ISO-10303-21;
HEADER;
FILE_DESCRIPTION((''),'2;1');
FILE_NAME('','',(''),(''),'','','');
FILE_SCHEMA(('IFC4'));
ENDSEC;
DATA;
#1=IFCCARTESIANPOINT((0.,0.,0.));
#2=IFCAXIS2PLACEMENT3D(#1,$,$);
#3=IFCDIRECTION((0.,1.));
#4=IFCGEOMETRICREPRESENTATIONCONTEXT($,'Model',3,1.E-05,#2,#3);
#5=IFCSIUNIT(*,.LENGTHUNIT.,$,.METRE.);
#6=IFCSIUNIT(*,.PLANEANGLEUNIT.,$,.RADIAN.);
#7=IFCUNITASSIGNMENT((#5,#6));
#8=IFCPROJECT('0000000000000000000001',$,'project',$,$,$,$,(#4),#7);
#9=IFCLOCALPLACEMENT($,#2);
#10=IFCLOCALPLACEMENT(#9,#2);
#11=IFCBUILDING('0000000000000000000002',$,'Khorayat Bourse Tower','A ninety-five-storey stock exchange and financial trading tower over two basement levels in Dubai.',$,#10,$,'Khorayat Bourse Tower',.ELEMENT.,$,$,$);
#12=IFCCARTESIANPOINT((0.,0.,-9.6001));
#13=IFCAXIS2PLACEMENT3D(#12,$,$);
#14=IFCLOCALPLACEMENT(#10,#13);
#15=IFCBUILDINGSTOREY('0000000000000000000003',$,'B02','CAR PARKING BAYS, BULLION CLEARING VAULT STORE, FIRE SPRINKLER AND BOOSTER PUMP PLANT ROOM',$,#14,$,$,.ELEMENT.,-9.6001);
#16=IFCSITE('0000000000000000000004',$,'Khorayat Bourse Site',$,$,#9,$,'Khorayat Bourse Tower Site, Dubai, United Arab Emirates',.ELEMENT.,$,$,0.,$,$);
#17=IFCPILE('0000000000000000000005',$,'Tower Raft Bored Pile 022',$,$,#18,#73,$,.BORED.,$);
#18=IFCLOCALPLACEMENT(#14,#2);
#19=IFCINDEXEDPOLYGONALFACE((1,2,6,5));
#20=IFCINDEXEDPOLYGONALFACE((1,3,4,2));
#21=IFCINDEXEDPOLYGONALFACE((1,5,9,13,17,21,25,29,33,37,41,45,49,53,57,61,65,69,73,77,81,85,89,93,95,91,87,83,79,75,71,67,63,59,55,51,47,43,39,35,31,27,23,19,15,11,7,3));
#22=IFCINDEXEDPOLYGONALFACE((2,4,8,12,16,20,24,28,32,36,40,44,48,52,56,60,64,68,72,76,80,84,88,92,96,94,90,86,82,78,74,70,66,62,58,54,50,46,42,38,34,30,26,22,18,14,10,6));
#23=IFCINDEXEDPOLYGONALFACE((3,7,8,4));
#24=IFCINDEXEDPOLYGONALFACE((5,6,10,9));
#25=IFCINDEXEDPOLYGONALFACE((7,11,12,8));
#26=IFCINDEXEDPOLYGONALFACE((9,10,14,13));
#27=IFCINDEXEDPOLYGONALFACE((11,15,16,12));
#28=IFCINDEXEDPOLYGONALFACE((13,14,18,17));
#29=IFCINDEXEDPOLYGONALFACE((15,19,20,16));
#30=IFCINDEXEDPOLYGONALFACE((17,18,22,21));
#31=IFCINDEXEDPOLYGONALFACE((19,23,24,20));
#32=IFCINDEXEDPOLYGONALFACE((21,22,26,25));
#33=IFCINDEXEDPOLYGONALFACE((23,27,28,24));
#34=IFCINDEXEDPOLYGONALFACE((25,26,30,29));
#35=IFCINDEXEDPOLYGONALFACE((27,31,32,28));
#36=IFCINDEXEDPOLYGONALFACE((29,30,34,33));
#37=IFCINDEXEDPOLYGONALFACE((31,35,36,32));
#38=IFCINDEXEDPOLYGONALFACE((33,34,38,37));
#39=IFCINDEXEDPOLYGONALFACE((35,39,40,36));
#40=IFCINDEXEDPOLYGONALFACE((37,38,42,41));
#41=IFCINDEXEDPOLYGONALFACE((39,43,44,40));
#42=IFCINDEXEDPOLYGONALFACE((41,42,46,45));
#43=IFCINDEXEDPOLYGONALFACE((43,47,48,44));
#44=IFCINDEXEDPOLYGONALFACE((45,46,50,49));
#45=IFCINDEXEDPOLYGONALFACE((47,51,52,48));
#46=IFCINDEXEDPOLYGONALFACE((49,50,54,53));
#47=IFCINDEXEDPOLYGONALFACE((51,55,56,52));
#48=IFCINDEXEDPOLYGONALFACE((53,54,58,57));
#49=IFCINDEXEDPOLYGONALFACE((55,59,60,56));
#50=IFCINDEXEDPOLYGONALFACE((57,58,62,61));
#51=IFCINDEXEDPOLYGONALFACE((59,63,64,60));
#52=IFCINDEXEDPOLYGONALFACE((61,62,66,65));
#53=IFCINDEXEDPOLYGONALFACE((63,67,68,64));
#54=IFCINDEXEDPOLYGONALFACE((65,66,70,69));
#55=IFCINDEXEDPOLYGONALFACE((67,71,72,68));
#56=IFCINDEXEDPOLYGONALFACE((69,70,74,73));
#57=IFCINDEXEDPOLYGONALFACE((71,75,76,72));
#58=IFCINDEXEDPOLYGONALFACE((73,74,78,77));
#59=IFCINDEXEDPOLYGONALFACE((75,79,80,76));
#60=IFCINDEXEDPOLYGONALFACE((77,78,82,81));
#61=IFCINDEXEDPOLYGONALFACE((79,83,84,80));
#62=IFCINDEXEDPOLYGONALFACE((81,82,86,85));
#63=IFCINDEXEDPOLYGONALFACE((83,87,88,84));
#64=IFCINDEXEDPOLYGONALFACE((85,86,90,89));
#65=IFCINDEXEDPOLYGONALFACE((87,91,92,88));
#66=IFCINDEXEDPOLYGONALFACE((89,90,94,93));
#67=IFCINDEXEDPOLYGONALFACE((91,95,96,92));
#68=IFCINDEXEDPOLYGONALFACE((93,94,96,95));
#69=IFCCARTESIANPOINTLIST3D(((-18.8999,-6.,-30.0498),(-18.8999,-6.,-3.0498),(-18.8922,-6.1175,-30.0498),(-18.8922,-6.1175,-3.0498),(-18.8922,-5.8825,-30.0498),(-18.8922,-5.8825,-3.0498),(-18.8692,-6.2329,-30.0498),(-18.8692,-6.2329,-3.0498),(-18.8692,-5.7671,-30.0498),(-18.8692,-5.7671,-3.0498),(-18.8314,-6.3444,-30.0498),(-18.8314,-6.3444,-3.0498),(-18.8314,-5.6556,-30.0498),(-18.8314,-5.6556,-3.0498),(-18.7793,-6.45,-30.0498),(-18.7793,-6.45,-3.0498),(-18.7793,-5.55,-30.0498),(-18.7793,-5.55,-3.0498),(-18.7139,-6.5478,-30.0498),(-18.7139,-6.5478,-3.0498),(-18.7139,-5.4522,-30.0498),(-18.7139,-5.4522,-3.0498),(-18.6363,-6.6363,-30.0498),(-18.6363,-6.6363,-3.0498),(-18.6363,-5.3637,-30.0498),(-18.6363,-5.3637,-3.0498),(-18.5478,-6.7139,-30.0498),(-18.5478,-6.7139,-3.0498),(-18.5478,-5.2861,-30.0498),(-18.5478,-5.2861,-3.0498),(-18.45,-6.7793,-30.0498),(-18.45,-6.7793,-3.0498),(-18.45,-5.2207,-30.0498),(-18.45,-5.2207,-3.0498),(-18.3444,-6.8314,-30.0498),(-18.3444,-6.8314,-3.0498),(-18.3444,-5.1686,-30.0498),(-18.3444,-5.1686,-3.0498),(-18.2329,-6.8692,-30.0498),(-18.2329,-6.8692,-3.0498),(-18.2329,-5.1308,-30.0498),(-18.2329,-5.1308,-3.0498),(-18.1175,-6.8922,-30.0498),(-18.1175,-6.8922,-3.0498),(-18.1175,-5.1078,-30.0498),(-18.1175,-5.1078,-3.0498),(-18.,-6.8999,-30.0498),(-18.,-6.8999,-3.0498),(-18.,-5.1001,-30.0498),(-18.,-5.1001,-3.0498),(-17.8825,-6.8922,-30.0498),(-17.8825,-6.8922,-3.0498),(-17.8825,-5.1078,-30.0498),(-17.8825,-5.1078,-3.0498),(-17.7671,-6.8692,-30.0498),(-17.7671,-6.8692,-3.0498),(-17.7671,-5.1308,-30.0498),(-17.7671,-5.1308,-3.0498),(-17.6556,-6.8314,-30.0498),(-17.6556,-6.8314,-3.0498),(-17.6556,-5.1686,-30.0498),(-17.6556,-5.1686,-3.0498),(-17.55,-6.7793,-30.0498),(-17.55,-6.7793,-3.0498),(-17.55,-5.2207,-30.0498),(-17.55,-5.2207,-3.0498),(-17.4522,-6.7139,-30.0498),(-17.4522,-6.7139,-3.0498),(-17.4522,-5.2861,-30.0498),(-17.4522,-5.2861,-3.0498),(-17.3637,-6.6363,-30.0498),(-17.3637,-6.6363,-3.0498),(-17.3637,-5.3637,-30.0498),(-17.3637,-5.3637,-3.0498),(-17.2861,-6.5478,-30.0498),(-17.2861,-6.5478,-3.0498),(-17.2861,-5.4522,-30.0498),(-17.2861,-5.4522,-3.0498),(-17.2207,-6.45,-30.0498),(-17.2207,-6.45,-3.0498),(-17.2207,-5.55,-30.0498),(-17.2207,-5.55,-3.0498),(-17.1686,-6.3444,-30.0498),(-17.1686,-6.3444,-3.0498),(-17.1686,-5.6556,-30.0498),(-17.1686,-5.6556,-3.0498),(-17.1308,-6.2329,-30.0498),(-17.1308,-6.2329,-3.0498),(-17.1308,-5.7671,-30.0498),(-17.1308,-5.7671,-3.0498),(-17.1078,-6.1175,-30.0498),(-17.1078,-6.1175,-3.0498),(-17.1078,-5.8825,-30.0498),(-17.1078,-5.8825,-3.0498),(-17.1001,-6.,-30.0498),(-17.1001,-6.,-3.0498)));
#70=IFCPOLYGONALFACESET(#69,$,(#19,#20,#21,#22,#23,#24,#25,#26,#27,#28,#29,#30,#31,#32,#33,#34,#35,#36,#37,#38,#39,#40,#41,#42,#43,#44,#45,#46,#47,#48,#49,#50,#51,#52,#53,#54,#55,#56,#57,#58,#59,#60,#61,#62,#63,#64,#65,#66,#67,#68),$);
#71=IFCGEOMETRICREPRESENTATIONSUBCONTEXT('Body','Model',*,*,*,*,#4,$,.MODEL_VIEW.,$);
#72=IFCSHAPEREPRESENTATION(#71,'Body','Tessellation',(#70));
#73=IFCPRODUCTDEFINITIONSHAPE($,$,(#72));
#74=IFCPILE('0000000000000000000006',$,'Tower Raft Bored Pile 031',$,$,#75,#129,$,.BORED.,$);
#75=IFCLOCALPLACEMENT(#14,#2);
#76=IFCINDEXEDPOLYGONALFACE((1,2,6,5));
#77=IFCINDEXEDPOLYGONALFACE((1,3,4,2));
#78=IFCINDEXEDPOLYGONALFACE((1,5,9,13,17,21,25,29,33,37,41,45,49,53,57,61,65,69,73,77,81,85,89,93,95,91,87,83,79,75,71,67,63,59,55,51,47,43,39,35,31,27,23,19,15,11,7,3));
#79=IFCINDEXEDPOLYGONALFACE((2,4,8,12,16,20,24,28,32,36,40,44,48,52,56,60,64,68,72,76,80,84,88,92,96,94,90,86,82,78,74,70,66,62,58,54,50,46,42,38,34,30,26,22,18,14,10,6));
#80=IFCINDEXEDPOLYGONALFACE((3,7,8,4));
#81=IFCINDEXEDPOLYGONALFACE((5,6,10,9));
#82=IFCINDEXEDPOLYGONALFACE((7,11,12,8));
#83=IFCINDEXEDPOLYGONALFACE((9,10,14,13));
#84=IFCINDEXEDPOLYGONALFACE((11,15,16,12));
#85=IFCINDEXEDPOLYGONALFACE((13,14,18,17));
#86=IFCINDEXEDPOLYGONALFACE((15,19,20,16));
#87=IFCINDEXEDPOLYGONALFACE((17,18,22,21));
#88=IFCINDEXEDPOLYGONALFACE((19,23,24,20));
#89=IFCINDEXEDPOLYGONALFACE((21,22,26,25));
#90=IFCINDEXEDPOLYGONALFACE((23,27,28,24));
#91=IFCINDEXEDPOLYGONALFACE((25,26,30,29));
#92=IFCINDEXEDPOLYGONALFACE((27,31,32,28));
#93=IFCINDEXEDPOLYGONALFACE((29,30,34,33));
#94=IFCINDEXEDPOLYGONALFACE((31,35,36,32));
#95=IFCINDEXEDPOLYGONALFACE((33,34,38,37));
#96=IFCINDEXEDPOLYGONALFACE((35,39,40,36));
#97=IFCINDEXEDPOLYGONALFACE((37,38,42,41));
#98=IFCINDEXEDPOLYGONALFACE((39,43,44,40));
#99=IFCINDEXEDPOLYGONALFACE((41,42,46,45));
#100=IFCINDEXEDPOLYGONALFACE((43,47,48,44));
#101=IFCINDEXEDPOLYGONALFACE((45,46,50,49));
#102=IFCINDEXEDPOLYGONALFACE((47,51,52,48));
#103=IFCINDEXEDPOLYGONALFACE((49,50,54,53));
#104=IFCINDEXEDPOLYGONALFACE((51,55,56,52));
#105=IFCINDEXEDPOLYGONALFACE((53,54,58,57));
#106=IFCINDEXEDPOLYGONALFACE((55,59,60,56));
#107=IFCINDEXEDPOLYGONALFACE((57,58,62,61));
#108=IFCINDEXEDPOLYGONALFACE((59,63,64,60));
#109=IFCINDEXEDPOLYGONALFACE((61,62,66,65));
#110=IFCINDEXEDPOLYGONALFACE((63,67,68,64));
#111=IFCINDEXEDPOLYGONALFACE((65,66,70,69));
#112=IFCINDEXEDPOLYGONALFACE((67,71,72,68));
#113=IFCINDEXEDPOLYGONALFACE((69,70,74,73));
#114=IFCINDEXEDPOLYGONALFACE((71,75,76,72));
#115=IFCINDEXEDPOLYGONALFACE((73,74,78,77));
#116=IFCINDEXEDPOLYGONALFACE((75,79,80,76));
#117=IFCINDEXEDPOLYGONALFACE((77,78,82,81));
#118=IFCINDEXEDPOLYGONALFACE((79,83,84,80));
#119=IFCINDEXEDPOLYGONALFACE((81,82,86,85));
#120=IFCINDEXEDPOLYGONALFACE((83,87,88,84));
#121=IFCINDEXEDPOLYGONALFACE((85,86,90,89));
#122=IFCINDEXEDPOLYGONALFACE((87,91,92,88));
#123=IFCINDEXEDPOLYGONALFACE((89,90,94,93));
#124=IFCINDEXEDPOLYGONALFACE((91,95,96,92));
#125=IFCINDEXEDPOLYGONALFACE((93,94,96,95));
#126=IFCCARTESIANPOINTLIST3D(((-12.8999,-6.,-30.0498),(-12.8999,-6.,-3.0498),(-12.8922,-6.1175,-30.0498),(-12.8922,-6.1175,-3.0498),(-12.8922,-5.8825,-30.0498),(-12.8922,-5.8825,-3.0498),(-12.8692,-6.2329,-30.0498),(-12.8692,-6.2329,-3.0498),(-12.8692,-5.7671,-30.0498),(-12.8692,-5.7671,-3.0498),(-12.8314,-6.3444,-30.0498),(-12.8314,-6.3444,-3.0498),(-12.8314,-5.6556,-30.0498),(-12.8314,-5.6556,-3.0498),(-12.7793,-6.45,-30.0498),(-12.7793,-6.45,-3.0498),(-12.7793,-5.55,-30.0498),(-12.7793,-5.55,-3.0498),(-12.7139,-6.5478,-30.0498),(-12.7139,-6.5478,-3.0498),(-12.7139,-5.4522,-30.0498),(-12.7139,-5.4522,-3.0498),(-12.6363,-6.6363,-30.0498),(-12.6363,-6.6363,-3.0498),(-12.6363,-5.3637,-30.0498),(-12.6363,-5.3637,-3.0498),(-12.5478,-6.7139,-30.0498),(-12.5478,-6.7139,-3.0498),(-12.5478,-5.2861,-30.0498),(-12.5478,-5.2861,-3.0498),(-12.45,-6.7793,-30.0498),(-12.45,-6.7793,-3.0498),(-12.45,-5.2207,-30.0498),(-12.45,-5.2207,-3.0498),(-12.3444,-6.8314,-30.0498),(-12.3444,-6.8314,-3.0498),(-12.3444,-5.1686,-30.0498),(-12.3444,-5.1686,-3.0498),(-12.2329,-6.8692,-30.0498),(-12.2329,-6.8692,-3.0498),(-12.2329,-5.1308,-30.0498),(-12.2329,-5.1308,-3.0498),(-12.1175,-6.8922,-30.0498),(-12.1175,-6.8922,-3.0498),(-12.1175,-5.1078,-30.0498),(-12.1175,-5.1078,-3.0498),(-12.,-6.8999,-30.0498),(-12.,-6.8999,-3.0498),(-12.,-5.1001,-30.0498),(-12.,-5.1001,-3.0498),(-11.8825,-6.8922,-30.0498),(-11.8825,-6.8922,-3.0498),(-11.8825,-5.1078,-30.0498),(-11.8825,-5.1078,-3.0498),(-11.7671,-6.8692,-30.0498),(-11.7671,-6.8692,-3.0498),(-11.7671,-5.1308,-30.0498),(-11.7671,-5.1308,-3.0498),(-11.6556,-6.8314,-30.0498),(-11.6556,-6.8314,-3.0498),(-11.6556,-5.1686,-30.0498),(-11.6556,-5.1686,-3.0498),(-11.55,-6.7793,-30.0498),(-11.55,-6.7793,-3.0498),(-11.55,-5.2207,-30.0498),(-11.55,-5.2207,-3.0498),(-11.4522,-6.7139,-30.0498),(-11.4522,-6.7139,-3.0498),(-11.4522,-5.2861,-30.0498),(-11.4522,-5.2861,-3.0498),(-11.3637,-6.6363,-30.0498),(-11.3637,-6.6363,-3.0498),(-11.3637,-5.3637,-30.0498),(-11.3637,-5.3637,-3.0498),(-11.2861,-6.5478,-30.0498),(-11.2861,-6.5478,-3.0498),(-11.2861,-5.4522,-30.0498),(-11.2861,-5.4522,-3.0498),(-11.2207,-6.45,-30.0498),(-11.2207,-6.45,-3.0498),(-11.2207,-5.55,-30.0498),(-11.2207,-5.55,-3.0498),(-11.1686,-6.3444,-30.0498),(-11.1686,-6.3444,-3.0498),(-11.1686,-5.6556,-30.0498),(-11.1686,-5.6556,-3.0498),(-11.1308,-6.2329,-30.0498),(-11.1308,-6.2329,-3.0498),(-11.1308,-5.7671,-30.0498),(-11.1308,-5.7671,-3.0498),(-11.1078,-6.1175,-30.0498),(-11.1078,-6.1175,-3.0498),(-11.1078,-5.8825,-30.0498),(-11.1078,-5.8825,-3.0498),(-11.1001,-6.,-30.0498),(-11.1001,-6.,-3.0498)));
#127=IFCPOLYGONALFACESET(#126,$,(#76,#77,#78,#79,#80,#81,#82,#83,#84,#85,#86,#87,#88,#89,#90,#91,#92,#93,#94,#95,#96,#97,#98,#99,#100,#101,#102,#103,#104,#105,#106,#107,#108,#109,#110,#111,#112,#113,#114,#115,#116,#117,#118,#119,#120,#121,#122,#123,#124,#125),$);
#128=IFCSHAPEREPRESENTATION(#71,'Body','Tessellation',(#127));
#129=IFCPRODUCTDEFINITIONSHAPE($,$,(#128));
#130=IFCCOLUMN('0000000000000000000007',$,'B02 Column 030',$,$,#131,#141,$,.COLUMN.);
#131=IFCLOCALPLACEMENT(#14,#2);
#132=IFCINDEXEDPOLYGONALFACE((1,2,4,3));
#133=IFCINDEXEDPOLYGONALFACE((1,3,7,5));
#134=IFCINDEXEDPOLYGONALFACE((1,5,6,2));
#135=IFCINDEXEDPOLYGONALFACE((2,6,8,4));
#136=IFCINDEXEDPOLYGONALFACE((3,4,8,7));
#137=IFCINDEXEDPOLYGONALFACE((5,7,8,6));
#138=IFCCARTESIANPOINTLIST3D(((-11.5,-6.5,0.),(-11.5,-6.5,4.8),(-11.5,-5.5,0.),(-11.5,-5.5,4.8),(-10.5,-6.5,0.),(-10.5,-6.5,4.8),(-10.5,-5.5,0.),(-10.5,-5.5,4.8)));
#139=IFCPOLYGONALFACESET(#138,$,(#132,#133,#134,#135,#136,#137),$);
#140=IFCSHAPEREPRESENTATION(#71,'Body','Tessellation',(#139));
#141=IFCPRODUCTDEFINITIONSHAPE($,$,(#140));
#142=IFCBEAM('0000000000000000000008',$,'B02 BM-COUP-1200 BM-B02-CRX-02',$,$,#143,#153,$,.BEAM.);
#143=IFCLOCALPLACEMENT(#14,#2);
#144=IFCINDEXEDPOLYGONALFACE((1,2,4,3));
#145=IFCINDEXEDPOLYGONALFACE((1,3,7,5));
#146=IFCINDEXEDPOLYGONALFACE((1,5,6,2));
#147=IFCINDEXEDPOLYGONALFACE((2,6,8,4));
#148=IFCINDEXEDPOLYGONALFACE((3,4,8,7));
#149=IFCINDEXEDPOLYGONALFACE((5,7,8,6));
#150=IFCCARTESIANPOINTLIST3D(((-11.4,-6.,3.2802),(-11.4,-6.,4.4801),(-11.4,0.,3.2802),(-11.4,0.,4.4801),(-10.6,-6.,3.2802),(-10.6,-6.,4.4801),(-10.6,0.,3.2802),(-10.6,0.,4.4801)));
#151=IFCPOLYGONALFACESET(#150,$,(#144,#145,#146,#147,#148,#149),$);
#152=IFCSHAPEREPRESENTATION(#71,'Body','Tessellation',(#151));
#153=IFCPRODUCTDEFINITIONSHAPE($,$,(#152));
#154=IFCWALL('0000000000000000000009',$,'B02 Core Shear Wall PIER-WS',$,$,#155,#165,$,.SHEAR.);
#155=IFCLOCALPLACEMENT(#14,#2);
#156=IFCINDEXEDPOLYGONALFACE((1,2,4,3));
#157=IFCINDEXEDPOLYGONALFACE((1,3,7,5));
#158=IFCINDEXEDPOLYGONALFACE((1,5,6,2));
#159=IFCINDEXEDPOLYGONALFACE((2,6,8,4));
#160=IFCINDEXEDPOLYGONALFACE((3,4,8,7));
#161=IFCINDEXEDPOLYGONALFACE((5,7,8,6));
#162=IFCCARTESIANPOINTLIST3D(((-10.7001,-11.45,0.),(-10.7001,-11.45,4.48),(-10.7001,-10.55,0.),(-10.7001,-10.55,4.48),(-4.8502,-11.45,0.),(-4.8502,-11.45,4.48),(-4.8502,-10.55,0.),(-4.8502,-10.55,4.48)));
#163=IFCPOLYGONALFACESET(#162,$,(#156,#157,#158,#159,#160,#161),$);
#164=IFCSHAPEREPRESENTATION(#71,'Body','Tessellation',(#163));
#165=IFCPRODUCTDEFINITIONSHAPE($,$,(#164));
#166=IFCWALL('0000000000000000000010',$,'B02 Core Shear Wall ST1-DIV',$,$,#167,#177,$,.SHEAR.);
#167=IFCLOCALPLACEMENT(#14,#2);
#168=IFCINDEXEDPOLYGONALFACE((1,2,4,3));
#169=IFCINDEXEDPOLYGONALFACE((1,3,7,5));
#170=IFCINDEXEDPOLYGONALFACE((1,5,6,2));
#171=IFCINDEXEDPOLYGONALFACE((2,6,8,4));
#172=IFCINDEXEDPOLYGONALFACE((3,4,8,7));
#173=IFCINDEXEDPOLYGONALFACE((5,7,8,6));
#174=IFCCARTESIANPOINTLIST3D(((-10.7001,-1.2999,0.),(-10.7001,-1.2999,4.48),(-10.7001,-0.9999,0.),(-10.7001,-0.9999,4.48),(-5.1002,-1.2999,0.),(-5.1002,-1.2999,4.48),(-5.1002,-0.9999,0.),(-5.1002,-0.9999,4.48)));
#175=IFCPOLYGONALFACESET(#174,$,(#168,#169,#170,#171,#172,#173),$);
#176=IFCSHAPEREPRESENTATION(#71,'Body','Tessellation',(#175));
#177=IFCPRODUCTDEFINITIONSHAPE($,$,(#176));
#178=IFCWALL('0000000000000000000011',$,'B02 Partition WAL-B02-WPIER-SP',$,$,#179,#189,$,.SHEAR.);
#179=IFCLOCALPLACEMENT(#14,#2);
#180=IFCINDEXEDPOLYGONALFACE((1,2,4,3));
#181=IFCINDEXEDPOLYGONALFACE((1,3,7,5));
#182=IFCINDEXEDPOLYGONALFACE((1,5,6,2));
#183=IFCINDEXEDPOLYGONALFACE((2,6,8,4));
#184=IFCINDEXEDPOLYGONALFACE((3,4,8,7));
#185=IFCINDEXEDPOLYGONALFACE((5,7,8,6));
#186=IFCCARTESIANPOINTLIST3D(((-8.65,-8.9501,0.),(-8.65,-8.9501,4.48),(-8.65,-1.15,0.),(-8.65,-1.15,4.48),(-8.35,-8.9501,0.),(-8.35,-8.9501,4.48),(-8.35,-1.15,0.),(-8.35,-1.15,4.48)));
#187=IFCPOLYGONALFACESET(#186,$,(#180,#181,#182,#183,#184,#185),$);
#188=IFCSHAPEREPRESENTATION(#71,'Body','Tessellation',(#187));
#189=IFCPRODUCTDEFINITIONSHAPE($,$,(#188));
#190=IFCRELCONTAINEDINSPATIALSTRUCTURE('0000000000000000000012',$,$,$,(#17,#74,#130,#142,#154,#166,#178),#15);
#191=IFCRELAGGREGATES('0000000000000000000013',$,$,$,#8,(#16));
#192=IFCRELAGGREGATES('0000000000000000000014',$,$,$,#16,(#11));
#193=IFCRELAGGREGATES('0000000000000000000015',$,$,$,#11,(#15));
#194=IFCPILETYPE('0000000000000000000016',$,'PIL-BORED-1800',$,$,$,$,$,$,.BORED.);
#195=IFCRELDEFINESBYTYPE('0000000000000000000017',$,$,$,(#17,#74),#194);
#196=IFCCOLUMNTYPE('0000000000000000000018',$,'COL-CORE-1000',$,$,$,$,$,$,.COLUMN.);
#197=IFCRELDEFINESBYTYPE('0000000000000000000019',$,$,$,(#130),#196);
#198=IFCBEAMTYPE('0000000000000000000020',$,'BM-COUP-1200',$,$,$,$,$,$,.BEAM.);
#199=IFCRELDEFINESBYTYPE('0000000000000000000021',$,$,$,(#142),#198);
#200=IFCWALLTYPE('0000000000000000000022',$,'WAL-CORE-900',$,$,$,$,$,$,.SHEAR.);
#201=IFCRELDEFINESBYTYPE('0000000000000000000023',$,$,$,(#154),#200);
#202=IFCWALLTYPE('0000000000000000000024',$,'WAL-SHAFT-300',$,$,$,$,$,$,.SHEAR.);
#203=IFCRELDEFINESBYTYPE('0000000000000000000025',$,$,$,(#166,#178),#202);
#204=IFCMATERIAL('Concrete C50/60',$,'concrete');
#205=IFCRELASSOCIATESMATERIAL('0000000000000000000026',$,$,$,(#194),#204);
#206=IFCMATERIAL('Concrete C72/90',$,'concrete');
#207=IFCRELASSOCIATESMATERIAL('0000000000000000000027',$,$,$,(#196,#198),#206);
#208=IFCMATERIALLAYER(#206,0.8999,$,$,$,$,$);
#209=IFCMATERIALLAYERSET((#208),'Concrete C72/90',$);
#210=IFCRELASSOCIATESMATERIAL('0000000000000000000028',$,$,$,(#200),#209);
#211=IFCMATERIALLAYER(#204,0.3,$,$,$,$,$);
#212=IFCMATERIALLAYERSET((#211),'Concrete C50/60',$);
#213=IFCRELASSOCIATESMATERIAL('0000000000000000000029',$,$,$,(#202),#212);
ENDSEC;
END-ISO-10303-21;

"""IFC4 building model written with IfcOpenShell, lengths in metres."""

from ifc_helpers import new_model, si_unit, direction, frame, frame_2d, origin, origin_2d, place, context, subcontext, project, spatial, rectangle, circle, extrude, source, transform, mapped, material, layer, layer_set, material_profile, profile_set, type_object, element, save


model = new_model("IFC4")

# Units and contexts
model_context = context("Model", 3, precision=1e-05, world=origin(), true_north=direction((0.0, 1.0)))
body_context = subcontext(model_context, "Body", "Model", "MODEL_VIEW")
ifc_project = project(units=[si_unit("LENGTHUNIT", "METRE"), si_unit("PLANEANGLEUNIT", "RADIAN")], contexts=[model_context])

# Site, building, storey
site_placement = place(None, origin())
site = spatial("IfcSite", under=ifc_project, at=site_placement, Name="Khorayat Bourse Site", LongName="Khorayat Bourse Tower Site, Dubai, United Arab Emirates", CompositionType="ELEMENT", RefElevation=0.0)
building_placement = place(site_placement, origin())
building = spatial("IfcBuilding", under=site, at=building_placement, Name="Khorayat Bourse Tower", Description="A ninety-five-storey stock exchange and financial trading tower over two basement levels in Dubai.", LongName="Khorayat Bourse Tower", CompositionType="ELEMENT")
storey_placement = place(building_placement, frame((0.0, 0.0, -9.6001)))
storey = spatial("IfcBuildingStorey", under=building, at=storey_placement, Name="B02", Description="CAR PARKING BAYS, BULLION CLEARING VAULT STORE, FIRE SPRINKLER AND BOOSTER PUMP PLANT ROOM", CompositionType="ELEMENT", Elevation=-9.6001)

# Piles
ifc_material_1 = material(Name="Concrete C50/60", Category="concrete")
ifc_material_profile_1 = material_profile(ifc_material_1, circle(Radius=0.8999, at=origin_2d()), Name="BORED PILE D1800")
ifc_profile_set_1 = profile_set([ifc_material_profile_1], Name="Concrete C50/60")
pile_type = type_object("IfcPileType", Name="PIL-BORED-1800", PredefinedType="BORED", material=ifc_profile_set_1)
shared_shape_1 = source(origin(), body_context, "Body", "SweptSolid", [
    extrude(circle(Radius=0.8999, at=origin_2d()), origin(), (0.0, 0.0, 1.0), 27.0),
])
for number, where, z_axis, x_axis, name in (
    (1, (-18.0, -6.0, -3.0498), (0.0, 0.0, -1.0), (1.0, 0.0, 0.0), "Tower Raft Bored Pile 022"),
    (2, (-12.0, -6.0, -3.0498), (0.0, 0.0, -1.0), (1.0, 0.0, 0.0), "Tower Raft Bored Pile 031"),
):
    element("IfcPile", number, at=place(storey_placement, frame(where, z_axis=z_axis, x_axis=x_axis)), inside=storey, type_object=pile_type, Name=name, PredefinedType="BORED", context=body_context, shape_type="MappedRepresentation", body=[
        mapped(shared_shape_1, transform((0.0, 0.0, 0.0), scale=1.0)),
    ])

# Column
ifc_material_2 = material(Name="Concrete C72/90", Category="concrete")
ifc_material_profile_2 = material_profile(ifc_material_2, rectangle(XDim=1.0, YDim=1.0, at=origin_2d()), Name="RC 1000x1000")
ifc_profile_set_2 = profile_set([ifc_material_profile_2], Name="Concrete C72/90")
column_type = type_object("IfcColumnType", Name="COL-CORE-1000", PredefinedType="COLUMN", material=ifc_profile_set_2)
shared_shape_2 = source(origin(), body_context, "Body", "SweptSolid", [
    extrude(rectangle(XDim=1.0, YDim=1.0, at=origin_2d()), origin(), (0.0, 0.0, 1.0), 4.8),
])
column_placement = place(storey_placement, frame((-11.0, -6.0, 0.0), z_axis=(0.0, 0.0, 1.0), x_axis=(1.0, 0.0, 0.0)))
element("IfcColumn", 3, at=column_placement, inside=storey, type_object=column_type, Name="B02 Column 030", PredefinedType="COLUMN", context=body_context, shape_type="MappedRepresentation", body=[
    mapped(shared_shape_2, transform((0.0, 0.0, 0.0), scale=1.0)),
])

# Beam
ifc_material_profile_3 = material_profile(ifc_material_2, rectangle(XDim=0.8, YDim=1.2, at=origin_2d()), Name="RC 800x1200")
ifc_profile_set_3 = profile_set([ifc_material_profile_3], Name="Concrete C72/90")
beam_type = type_object("IfcBeamType", Name="BM-COUP-1200", PredefinedType="BEAM", material=ifc_profile_set_3)
shared_shape_3 = source(origin(), body_context, "Body", "SweptSolid", [
    extrude(rectangle(XDim=0.8, YDim=1.2, at=origin_2d()), origin(), (0.0, 0.0, 1.0), 6.0),
])
beam_placement = place(storey_placement, frame((-11.0, -6.0, 3.8801), z_axis=(0.0, 1.0, 0.0), x_axis=(-1.0, 0.0, 0.0)))
element("IfcBeam", 4, at=beam_placement, inside=storey, type_object=beam_type, Name="B02 BM-COUP-1200 BM-B02-CRX-02", PredefinedType="BEAM", context=body_context, shape_type="MappedRepresentation", body=[
    mapped(shared_shape_3, transform((0.0, 0.0, 0.0), scale=1.0)),
])

# Walls
ifc_layer_1 = layer(ifc_material_2, 0.8999)
ifc_layer_set_1 = layer_set([ifc_layer_1], Name="Concrete C72/90")
wall_type_1 = type_object("IfcWallType", Name="WAL-CORE-900", PredefinedType="SHEAR", material=ifc_layer_set_1)
shared_shape_4 = source(origin(), body_context, "Body", "SweptSolid", [
    extrude(rectangle(XDim=5.8499, YDim=0.8999, at=frame_2d((2.9248, 0.0))), origin(), (0.0, 0.0, 1.0), 4.48),
])
wall_1_placement = place(storey_placement, frame((-10.7, -11.0, 0.0), z_axis=(0.0, 0.0, 1.0), x_axis=(1.0, 0.0, 0.0)))
element("IfcWall", 5, at=wall_1_placement, inside=storey, type_object=wall_type_1, Name="B02 Core Shear Wall PIER-WS", PredefinedType="SHEAR", context=body_context, shape_type="MappedRepresentation", body=[
    mapped(shared_shape_4, transform((0.0, 0.0, 0.0), scale=1.0)),
])
ifc_layer_2 = layer(ifc_material_1, 0.3)
ifc_layer_set_2 = layer_set([ifc_layer_2], Name="Concrete C50/60")
wall_type_2 = type_object("IfcWallType", Name="WAL-SHAFT-300", PredefinedType="SHEAR", material=ifc_layer_set_2)
shared_shape_5 = source(origin(), body_context, "Body", "SweptSolid", [
    extrude(rectangle(XDim=5.5999, YDim=0.3, at=frame_2d((2.7998, 0.0))), origin(), (0.0, 0.0, 1.0), 4.48),
])
wall_2_placement = place(storey_placement, frame((-10.7, -1.1499, 0.0), z_axis=(0.0, 0.0, 1.0), x_axis=(1.0, 0.0, 0.0)))
element("IfcWall", 6, at=wall_2_placement, inside=storey, type_object=wall_type_2, Name="B02 Core Shear Wall ST1-DIV", PredefinedType="SHEAR", context=body_context, shape_type="MappedRepresentation", body=[
    mapped(shared_shape_5, transform((0.0, 0.0, 0.0), scale=1.0)),
])
shared_shape_6 = source(origin(), body_context, "Body", "SweptSolid", [
    extrude(rectangle(XDim=7.8, YDim=0.3, at=frame_2d((3.8999, 0.0))), origin(), (0.0, 0.0, 1.0), 4.48),
])
wall_3_placement = place(storey_placement, frame((-8.5, -8.95, 0.0), z_axis=(0.0, 0.0, 1.0), x_axis=(0.0, 1.0, 0.0)))
element("IfcWall", 7, at=wall_3_placement, inside=storey, type_object=wall_type_2, Name="B02 Partition WAL-B02-WPIER-SP", PredefinedType="SHEAR", context=body_context, shape_type="MappedRepresentation", body=[
    mapped(shared_shape_6, transform((0.0, 0.0, 0.0), scale=1.0)),
])

save(model, "model.ifc")
